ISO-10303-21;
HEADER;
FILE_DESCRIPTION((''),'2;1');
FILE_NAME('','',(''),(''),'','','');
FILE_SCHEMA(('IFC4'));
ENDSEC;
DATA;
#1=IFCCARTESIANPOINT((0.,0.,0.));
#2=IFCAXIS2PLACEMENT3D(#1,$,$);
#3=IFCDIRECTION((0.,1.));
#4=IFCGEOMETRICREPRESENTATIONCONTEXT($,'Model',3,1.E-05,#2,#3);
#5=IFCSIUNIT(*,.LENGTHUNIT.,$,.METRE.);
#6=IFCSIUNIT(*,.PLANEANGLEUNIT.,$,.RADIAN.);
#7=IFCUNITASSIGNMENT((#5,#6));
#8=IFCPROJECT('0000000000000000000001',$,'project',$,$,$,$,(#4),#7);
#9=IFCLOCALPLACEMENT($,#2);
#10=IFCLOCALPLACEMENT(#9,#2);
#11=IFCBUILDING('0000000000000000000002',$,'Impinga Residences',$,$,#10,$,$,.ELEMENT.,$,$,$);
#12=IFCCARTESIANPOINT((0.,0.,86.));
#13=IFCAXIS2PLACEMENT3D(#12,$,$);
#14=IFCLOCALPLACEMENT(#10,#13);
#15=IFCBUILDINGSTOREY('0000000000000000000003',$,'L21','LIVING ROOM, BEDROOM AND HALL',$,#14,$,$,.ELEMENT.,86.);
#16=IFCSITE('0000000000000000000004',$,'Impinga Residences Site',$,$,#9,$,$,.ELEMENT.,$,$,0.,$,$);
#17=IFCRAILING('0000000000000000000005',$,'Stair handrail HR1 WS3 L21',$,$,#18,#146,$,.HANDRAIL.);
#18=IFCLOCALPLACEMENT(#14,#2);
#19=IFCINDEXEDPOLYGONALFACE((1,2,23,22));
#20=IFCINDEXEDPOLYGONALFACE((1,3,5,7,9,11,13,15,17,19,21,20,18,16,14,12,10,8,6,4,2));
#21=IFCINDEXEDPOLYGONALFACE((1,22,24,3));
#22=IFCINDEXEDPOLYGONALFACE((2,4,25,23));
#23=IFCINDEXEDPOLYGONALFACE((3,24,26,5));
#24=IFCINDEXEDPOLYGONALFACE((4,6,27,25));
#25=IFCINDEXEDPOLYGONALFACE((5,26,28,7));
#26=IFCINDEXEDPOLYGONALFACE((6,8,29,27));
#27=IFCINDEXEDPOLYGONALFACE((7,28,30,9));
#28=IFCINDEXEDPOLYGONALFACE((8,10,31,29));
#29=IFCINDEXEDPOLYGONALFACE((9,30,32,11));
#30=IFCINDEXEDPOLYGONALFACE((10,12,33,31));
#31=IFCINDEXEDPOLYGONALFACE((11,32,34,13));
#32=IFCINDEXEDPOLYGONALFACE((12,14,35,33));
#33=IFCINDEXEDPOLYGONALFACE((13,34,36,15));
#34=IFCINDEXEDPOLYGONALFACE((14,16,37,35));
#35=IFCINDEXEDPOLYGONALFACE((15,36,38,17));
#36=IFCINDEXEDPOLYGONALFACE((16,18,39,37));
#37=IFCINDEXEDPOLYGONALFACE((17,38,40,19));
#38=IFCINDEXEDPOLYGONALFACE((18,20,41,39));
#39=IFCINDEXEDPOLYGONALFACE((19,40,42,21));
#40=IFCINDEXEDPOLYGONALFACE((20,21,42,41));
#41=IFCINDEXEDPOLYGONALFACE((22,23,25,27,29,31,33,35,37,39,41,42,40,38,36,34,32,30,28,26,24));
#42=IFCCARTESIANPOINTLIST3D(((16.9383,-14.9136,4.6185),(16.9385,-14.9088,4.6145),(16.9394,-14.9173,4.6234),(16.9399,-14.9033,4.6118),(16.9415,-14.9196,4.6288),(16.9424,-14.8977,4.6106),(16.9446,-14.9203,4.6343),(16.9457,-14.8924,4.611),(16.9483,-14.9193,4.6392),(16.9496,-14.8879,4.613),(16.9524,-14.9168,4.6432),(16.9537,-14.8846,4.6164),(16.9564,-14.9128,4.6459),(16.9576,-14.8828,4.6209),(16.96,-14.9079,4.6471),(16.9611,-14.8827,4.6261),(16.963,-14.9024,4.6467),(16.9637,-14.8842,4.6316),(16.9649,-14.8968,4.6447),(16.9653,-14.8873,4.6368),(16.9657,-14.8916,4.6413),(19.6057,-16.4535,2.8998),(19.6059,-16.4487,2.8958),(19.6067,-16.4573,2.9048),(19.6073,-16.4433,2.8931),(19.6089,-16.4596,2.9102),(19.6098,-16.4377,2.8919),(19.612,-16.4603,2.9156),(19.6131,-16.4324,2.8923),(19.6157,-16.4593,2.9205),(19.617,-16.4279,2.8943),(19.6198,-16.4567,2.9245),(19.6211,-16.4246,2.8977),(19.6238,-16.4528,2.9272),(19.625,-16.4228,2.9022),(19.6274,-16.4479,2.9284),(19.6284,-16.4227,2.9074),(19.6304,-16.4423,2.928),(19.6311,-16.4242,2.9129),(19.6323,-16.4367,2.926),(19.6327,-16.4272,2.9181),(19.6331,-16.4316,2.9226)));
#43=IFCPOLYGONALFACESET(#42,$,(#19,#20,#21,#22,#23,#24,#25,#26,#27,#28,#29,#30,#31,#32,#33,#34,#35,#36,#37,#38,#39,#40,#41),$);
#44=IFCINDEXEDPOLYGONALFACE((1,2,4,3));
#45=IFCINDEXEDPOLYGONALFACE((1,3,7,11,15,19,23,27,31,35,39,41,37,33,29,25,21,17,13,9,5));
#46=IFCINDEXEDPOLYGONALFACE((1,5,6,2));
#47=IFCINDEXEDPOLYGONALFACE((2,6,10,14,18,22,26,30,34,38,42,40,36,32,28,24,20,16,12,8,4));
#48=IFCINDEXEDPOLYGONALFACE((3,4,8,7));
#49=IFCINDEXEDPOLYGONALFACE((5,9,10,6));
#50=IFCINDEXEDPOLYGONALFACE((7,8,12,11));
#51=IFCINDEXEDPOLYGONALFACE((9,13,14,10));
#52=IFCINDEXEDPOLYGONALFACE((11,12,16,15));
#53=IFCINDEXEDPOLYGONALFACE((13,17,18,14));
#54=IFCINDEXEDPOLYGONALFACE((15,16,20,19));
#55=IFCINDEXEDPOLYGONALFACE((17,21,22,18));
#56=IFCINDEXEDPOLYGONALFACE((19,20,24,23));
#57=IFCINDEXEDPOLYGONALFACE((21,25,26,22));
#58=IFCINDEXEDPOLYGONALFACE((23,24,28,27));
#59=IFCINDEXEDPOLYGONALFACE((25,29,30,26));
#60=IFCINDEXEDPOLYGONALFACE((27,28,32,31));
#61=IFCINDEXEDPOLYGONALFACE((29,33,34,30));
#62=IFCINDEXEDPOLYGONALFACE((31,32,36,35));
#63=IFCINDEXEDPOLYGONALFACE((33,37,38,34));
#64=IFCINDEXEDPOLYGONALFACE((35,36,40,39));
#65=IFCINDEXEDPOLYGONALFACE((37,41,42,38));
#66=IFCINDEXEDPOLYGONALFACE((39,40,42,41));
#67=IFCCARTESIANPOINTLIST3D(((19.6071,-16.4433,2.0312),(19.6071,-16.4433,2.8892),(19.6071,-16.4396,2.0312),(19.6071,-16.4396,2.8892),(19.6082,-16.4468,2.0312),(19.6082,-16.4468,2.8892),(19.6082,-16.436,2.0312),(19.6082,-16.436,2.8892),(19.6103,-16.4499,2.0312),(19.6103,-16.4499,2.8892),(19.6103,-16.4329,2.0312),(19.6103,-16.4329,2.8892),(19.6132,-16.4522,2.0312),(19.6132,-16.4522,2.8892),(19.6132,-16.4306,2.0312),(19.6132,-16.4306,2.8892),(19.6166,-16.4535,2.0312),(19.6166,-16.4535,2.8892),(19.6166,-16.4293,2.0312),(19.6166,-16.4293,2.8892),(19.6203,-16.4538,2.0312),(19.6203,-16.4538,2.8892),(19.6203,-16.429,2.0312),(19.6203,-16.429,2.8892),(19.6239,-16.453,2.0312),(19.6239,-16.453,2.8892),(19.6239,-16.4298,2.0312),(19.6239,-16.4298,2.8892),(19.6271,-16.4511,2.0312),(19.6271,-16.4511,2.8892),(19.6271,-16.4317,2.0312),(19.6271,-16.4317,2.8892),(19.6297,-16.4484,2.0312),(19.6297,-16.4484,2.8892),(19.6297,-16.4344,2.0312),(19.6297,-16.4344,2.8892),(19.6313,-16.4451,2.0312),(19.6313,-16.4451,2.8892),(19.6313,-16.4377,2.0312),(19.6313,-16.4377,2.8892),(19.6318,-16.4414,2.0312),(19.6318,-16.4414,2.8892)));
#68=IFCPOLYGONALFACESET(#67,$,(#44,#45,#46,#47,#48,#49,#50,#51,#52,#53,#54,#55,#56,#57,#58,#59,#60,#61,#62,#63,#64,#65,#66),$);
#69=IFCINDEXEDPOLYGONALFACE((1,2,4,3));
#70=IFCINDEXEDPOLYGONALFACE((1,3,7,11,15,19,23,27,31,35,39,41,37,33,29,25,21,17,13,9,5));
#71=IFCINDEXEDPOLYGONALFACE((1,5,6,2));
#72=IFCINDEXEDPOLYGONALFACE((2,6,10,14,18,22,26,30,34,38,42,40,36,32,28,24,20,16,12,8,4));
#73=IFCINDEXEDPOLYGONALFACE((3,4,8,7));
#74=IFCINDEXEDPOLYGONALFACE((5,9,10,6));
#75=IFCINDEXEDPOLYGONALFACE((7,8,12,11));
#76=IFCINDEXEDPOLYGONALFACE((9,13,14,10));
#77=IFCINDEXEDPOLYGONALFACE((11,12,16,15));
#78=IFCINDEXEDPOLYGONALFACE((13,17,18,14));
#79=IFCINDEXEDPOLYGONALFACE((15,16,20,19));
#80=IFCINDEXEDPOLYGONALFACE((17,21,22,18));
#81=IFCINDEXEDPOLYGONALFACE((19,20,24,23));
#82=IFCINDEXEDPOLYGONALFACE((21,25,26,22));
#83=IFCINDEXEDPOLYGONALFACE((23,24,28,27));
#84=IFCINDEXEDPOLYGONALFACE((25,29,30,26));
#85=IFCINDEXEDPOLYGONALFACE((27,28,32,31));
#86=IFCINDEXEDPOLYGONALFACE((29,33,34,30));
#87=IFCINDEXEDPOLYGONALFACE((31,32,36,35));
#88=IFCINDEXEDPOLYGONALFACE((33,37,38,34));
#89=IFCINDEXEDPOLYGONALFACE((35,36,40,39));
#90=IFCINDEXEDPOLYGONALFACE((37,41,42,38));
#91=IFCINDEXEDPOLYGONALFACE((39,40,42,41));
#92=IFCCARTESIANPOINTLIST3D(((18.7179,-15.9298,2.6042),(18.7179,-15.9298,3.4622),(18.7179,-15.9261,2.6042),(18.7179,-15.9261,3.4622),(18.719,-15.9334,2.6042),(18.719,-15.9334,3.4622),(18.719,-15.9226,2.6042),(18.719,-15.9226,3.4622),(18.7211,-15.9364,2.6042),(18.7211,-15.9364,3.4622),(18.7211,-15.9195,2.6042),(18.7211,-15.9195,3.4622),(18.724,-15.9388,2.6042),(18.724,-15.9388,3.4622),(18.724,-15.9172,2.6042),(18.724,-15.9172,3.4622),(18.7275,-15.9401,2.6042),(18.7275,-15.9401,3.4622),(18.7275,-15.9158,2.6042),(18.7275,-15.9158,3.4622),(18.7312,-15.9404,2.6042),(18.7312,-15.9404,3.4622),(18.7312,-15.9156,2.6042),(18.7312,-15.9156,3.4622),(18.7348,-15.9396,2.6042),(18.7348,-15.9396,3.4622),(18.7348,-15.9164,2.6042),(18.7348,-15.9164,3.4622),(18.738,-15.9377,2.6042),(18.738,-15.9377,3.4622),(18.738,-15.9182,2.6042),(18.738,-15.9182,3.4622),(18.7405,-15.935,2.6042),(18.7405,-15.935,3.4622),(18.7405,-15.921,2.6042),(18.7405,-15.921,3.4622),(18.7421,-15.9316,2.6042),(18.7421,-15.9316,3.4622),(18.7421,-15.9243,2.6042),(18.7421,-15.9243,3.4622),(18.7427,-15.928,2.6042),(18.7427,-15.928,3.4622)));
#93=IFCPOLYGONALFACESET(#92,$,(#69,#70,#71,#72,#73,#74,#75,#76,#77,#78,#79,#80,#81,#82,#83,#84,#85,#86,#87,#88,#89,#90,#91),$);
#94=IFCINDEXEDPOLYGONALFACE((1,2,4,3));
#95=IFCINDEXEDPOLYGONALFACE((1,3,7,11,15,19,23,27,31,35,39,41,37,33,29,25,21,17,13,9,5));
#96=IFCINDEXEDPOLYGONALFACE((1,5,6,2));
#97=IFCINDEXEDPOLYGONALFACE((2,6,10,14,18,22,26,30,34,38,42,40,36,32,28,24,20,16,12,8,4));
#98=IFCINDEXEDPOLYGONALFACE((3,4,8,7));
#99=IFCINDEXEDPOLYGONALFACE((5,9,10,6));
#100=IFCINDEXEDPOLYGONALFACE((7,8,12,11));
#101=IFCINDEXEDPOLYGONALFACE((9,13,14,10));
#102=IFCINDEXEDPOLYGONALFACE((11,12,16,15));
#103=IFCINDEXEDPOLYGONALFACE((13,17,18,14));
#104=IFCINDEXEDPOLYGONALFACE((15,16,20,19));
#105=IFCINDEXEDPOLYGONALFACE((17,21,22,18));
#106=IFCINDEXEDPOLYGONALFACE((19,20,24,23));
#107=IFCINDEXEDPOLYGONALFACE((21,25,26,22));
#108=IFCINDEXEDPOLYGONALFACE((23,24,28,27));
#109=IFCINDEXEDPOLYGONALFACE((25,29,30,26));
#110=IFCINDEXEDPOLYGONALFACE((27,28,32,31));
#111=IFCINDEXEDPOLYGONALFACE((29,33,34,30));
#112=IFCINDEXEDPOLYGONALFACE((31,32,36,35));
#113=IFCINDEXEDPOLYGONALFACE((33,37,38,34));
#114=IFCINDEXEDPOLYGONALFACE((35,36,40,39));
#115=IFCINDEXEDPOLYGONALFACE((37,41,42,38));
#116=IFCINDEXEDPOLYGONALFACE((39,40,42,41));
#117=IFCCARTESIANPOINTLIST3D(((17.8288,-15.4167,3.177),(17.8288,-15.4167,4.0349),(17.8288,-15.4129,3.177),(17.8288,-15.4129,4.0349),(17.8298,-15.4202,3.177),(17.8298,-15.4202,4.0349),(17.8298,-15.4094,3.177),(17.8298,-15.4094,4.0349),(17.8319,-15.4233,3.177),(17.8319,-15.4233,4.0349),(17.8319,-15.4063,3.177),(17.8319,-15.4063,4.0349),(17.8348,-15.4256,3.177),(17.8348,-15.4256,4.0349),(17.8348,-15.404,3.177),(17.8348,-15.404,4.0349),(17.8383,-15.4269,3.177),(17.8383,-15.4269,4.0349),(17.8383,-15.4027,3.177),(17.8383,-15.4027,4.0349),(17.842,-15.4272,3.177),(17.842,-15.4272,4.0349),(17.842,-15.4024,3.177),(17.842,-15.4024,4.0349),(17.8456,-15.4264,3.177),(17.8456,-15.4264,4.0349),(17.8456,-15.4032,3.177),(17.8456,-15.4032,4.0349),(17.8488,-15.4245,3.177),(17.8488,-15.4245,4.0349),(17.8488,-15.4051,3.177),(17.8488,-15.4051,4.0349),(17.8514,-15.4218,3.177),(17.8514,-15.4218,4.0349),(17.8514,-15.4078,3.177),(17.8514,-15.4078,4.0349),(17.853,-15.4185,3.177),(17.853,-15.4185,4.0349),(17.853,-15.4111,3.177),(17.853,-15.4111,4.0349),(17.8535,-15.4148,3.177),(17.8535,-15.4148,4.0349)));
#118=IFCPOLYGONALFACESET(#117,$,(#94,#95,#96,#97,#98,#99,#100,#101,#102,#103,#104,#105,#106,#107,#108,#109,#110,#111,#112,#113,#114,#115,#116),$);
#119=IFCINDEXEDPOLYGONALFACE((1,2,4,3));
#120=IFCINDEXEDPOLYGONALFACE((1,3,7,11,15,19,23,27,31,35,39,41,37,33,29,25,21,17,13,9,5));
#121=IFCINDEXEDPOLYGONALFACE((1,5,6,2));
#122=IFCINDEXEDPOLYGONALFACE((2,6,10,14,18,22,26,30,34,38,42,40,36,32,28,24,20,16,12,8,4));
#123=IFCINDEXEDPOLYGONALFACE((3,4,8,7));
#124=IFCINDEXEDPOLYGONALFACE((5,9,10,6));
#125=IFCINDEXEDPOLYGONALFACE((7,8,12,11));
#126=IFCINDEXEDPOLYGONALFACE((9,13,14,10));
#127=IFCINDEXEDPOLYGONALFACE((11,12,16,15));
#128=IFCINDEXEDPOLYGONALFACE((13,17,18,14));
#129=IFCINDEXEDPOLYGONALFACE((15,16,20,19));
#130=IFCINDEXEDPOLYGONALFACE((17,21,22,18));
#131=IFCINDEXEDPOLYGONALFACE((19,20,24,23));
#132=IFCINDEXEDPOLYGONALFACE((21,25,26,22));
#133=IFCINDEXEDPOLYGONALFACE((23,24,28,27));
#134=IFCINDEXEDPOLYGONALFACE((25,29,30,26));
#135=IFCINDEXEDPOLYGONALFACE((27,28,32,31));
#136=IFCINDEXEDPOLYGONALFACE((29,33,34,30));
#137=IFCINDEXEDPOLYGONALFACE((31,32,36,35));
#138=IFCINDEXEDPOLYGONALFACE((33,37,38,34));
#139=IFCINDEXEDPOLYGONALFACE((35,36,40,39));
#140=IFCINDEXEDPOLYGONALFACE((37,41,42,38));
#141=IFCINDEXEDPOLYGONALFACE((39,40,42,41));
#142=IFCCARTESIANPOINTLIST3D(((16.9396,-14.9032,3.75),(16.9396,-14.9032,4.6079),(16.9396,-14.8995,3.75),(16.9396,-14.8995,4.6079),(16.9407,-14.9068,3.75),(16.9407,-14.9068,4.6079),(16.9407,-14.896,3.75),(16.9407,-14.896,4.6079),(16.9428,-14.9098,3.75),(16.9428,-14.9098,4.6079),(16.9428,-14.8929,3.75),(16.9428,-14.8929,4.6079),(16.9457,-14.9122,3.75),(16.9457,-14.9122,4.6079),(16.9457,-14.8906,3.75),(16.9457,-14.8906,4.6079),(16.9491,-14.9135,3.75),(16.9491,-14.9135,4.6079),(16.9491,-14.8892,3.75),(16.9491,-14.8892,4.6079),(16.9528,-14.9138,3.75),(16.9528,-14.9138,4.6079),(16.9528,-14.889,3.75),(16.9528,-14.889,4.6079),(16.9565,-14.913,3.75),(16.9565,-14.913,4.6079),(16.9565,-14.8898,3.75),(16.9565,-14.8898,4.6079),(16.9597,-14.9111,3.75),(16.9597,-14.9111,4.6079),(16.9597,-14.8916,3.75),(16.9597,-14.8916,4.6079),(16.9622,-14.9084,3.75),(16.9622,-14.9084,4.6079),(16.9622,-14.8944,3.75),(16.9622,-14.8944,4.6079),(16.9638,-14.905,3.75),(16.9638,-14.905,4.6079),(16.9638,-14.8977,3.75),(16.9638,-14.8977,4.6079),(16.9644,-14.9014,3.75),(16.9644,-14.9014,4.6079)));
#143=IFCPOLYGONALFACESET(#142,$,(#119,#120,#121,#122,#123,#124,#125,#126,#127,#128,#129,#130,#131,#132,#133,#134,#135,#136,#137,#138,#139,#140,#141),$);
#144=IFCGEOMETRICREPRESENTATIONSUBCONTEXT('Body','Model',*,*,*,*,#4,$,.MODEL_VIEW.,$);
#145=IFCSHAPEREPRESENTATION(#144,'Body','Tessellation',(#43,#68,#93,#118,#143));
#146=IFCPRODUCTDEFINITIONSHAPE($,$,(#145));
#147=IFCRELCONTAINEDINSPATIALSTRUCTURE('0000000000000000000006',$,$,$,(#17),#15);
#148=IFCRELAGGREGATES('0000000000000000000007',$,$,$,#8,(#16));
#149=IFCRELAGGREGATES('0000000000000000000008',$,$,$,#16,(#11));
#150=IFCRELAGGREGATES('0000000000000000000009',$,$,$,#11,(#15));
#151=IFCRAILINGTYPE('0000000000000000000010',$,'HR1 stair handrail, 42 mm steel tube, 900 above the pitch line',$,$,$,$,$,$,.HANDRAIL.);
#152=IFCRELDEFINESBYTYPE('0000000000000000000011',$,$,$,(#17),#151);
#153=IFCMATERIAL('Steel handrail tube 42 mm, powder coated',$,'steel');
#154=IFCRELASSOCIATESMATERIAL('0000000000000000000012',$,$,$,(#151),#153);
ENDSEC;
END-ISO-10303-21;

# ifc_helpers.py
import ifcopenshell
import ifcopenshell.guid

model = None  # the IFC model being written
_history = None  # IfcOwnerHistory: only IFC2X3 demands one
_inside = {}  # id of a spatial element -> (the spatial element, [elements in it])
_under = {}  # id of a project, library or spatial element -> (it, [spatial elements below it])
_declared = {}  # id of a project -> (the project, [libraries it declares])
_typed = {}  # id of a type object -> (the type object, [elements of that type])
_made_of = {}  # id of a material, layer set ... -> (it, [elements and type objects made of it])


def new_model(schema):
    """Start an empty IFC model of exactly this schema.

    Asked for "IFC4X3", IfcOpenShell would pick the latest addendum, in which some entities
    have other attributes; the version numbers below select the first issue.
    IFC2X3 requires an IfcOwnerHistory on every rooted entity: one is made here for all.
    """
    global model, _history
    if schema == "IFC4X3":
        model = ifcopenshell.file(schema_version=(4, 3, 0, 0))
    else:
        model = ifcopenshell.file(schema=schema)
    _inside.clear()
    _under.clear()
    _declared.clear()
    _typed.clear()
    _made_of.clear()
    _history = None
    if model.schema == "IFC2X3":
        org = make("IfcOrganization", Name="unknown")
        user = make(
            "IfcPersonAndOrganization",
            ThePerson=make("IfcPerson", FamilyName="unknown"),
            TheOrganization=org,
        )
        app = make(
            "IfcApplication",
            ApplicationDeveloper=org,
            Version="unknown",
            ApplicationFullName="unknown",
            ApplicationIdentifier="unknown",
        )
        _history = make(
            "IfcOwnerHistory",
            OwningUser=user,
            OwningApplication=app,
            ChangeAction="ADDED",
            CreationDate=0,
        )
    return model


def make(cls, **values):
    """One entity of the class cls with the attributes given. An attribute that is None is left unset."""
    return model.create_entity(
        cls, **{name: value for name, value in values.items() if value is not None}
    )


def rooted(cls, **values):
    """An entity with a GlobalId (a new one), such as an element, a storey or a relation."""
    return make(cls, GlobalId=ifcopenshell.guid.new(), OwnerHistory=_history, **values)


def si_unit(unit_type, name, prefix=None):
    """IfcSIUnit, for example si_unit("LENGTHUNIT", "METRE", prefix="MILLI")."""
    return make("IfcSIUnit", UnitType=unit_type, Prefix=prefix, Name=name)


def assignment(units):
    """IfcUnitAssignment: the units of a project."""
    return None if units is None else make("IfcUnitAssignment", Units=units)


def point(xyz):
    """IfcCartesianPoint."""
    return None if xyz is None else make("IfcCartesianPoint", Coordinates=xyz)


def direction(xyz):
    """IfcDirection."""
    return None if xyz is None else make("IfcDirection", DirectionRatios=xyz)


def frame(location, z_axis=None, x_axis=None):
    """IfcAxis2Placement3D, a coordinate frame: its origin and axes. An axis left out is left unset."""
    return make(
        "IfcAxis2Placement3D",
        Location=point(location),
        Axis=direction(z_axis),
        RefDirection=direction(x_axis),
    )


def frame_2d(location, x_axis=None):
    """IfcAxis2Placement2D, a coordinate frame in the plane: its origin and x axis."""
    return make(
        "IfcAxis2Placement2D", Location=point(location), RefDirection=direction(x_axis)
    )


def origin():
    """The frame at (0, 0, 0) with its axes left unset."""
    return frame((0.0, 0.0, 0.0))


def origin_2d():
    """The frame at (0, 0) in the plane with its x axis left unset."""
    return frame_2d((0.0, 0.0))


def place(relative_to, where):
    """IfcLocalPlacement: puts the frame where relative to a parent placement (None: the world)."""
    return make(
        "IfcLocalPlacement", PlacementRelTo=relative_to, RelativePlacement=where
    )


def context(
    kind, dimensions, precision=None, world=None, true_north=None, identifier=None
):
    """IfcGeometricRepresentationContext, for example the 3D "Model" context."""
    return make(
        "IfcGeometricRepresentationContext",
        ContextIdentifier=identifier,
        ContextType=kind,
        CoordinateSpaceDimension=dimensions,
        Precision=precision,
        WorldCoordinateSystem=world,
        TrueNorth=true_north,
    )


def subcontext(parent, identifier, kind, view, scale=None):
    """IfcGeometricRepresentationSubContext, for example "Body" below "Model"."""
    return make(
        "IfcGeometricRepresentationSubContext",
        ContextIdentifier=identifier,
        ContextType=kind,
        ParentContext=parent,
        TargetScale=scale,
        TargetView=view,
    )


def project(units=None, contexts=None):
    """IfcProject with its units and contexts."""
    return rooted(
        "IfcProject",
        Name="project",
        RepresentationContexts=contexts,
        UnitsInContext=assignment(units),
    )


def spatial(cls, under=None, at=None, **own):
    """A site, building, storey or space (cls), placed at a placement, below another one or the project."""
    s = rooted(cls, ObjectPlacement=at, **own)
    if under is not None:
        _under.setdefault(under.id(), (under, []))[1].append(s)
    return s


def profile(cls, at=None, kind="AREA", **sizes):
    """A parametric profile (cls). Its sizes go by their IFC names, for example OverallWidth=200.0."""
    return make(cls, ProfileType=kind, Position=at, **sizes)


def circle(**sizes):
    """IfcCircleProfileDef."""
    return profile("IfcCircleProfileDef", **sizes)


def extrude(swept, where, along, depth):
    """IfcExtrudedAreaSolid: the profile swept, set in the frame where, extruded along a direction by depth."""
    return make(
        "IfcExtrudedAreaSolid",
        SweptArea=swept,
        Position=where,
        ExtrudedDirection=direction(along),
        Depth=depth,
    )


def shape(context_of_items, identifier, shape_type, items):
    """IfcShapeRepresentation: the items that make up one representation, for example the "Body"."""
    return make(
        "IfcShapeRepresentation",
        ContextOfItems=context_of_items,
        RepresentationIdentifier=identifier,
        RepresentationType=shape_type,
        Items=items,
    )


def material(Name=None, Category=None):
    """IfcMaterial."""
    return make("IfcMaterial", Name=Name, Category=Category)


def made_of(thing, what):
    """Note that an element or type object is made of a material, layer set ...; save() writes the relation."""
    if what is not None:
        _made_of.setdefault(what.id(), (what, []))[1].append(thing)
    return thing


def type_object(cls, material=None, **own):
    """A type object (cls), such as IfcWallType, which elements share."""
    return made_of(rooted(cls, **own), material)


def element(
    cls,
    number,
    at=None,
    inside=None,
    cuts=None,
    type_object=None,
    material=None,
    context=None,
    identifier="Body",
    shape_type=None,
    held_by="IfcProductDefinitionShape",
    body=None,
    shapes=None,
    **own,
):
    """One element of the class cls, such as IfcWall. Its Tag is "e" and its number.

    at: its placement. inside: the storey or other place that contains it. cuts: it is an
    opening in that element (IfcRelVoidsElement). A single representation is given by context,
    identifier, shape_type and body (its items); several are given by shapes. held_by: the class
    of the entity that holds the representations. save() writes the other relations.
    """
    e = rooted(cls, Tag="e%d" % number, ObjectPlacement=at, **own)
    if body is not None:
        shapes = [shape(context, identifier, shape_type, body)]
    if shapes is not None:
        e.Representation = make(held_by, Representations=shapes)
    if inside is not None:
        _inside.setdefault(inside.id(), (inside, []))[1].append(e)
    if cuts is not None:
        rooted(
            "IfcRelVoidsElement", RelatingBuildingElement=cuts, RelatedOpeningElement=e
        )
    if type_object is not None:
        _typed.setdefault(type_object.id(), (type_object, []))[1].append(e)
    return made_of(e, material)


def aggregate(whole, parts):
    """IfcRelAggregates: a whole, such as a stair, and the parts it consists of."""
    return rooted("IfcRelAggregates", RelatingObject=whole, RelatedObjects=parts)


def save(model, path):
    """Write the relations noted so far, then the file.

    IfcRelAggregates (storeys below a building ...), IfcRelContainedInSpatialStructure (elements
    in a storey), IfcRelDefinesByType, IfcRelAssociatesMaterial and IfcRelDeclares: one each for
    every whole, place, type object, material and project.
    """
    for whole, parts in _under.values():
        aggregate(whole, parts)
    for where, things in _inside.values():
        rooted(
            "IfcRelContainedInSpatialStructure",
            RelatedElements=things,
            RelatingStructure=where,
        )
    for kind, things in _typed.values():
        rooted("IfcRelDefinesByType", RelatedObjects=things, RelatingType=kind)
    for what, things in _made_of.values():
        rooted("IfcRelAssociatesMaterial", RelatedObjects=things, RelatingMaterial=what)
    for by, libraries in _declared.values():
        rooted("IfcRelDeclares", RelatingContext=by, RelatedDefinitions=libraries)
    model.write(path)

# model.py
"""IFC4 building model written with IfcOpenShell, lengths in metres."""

from ifc_helpers import new_model, si_unit, direction, frame, origin, origin_2d, place, context, subcontext, project, spatial, circle, extrude, material, type_object, element, save


model = new_model("IFC4")

# Units and contexts
model_context = context("Model", 3, precision=1e-05, world=origin(), true_north=direction((0.0, 1.0)))
body_context = subcontext(model_context, "Body", "Model", "MODEL_VIEW")
ifc_project = project(units=[si_unit("LENGTHUNIT", "METRE"), si_unit("PLANEANGLEUNIT", "RADIAN")], contexts=[model_context])

# Site, building, storey
site_placement = place(None, origin())
site = spatial("IfcSite", under=ifc_project, at=site_placement, Name="Impinga Residences Site", CompositionType="ELEMENT", RefElevation=0.0)
building_placement = place(site_placement, origin())
building = spatial("IfcBuilding", under=site, at=building_placement, Name="Impinga Residences", CompositionType="ELEMENT")
storey_placement = place(building_placement, frame((0.0, 0.0, 86.0)))
storey = spatial("IfcBuildingStorey", under=building, at=storey_placement, Name="L21", Description="LIVING ROOM, BEDROOM AND HALL", CompositionType="ELEMENT", Elevation=86.0)

# Railing
ifc_material_1 = material(Name="Steel handrail tube 42 mm, powder coated", Category="steel")
railing_type_1 = type_object("IfcRailingType", Name="HR1 stair handrail, 42 mm steel tube, 900 above the pitch line", PredefinedType="HANDRAIL", material=ifc_material_1)
railing_1_placement = place(storey_placement, frame((19.6194, -16.4414, 2.0312)))
element("IfcRailing", 1, at=railing_1_placement, inside=storey, type_object=railing_type_1, Name="Stair handrail HR1 WS3 L21", PredefinedType="HANDRAIL", context=body_context, shape_type="SweptSolid", body=[
    extrude(circle(Radius=0.021, at=origin_2d()), frame((0.0, 0.0, 0.8789), z_axis=(-0.756256, 0.436616, 0.487282), x_axis=(-0.499992, -0.86603, 0.0)), (0.0, 0.0, 1.0), 3.5271),
    extrude(circle(Radius=0.0125, at=origin_2d()), origin(), (0.0, 0.0, 1.0), 0.8579),
    extrude(circle(Radius=0.0125, at=origin_2d()), frame((-0.8892, 0.5134, 0.573)), (0.0, 0.0, 1.0), 0.8579),
    extrude(circle(Radius=0.0125, at=origin_2d()), frame((-1.7783, 1.0266, 1.1458)), (0.0, 0.0, 1.0), 0.8579),
    extrude(circle(Radius=0.0125, at=origin_2d()), frame((-2.6675, 1.54, 1.7188)), (0.0, 0.0, 1.0), 0.8579),
])

save(model, "model.ifc")
